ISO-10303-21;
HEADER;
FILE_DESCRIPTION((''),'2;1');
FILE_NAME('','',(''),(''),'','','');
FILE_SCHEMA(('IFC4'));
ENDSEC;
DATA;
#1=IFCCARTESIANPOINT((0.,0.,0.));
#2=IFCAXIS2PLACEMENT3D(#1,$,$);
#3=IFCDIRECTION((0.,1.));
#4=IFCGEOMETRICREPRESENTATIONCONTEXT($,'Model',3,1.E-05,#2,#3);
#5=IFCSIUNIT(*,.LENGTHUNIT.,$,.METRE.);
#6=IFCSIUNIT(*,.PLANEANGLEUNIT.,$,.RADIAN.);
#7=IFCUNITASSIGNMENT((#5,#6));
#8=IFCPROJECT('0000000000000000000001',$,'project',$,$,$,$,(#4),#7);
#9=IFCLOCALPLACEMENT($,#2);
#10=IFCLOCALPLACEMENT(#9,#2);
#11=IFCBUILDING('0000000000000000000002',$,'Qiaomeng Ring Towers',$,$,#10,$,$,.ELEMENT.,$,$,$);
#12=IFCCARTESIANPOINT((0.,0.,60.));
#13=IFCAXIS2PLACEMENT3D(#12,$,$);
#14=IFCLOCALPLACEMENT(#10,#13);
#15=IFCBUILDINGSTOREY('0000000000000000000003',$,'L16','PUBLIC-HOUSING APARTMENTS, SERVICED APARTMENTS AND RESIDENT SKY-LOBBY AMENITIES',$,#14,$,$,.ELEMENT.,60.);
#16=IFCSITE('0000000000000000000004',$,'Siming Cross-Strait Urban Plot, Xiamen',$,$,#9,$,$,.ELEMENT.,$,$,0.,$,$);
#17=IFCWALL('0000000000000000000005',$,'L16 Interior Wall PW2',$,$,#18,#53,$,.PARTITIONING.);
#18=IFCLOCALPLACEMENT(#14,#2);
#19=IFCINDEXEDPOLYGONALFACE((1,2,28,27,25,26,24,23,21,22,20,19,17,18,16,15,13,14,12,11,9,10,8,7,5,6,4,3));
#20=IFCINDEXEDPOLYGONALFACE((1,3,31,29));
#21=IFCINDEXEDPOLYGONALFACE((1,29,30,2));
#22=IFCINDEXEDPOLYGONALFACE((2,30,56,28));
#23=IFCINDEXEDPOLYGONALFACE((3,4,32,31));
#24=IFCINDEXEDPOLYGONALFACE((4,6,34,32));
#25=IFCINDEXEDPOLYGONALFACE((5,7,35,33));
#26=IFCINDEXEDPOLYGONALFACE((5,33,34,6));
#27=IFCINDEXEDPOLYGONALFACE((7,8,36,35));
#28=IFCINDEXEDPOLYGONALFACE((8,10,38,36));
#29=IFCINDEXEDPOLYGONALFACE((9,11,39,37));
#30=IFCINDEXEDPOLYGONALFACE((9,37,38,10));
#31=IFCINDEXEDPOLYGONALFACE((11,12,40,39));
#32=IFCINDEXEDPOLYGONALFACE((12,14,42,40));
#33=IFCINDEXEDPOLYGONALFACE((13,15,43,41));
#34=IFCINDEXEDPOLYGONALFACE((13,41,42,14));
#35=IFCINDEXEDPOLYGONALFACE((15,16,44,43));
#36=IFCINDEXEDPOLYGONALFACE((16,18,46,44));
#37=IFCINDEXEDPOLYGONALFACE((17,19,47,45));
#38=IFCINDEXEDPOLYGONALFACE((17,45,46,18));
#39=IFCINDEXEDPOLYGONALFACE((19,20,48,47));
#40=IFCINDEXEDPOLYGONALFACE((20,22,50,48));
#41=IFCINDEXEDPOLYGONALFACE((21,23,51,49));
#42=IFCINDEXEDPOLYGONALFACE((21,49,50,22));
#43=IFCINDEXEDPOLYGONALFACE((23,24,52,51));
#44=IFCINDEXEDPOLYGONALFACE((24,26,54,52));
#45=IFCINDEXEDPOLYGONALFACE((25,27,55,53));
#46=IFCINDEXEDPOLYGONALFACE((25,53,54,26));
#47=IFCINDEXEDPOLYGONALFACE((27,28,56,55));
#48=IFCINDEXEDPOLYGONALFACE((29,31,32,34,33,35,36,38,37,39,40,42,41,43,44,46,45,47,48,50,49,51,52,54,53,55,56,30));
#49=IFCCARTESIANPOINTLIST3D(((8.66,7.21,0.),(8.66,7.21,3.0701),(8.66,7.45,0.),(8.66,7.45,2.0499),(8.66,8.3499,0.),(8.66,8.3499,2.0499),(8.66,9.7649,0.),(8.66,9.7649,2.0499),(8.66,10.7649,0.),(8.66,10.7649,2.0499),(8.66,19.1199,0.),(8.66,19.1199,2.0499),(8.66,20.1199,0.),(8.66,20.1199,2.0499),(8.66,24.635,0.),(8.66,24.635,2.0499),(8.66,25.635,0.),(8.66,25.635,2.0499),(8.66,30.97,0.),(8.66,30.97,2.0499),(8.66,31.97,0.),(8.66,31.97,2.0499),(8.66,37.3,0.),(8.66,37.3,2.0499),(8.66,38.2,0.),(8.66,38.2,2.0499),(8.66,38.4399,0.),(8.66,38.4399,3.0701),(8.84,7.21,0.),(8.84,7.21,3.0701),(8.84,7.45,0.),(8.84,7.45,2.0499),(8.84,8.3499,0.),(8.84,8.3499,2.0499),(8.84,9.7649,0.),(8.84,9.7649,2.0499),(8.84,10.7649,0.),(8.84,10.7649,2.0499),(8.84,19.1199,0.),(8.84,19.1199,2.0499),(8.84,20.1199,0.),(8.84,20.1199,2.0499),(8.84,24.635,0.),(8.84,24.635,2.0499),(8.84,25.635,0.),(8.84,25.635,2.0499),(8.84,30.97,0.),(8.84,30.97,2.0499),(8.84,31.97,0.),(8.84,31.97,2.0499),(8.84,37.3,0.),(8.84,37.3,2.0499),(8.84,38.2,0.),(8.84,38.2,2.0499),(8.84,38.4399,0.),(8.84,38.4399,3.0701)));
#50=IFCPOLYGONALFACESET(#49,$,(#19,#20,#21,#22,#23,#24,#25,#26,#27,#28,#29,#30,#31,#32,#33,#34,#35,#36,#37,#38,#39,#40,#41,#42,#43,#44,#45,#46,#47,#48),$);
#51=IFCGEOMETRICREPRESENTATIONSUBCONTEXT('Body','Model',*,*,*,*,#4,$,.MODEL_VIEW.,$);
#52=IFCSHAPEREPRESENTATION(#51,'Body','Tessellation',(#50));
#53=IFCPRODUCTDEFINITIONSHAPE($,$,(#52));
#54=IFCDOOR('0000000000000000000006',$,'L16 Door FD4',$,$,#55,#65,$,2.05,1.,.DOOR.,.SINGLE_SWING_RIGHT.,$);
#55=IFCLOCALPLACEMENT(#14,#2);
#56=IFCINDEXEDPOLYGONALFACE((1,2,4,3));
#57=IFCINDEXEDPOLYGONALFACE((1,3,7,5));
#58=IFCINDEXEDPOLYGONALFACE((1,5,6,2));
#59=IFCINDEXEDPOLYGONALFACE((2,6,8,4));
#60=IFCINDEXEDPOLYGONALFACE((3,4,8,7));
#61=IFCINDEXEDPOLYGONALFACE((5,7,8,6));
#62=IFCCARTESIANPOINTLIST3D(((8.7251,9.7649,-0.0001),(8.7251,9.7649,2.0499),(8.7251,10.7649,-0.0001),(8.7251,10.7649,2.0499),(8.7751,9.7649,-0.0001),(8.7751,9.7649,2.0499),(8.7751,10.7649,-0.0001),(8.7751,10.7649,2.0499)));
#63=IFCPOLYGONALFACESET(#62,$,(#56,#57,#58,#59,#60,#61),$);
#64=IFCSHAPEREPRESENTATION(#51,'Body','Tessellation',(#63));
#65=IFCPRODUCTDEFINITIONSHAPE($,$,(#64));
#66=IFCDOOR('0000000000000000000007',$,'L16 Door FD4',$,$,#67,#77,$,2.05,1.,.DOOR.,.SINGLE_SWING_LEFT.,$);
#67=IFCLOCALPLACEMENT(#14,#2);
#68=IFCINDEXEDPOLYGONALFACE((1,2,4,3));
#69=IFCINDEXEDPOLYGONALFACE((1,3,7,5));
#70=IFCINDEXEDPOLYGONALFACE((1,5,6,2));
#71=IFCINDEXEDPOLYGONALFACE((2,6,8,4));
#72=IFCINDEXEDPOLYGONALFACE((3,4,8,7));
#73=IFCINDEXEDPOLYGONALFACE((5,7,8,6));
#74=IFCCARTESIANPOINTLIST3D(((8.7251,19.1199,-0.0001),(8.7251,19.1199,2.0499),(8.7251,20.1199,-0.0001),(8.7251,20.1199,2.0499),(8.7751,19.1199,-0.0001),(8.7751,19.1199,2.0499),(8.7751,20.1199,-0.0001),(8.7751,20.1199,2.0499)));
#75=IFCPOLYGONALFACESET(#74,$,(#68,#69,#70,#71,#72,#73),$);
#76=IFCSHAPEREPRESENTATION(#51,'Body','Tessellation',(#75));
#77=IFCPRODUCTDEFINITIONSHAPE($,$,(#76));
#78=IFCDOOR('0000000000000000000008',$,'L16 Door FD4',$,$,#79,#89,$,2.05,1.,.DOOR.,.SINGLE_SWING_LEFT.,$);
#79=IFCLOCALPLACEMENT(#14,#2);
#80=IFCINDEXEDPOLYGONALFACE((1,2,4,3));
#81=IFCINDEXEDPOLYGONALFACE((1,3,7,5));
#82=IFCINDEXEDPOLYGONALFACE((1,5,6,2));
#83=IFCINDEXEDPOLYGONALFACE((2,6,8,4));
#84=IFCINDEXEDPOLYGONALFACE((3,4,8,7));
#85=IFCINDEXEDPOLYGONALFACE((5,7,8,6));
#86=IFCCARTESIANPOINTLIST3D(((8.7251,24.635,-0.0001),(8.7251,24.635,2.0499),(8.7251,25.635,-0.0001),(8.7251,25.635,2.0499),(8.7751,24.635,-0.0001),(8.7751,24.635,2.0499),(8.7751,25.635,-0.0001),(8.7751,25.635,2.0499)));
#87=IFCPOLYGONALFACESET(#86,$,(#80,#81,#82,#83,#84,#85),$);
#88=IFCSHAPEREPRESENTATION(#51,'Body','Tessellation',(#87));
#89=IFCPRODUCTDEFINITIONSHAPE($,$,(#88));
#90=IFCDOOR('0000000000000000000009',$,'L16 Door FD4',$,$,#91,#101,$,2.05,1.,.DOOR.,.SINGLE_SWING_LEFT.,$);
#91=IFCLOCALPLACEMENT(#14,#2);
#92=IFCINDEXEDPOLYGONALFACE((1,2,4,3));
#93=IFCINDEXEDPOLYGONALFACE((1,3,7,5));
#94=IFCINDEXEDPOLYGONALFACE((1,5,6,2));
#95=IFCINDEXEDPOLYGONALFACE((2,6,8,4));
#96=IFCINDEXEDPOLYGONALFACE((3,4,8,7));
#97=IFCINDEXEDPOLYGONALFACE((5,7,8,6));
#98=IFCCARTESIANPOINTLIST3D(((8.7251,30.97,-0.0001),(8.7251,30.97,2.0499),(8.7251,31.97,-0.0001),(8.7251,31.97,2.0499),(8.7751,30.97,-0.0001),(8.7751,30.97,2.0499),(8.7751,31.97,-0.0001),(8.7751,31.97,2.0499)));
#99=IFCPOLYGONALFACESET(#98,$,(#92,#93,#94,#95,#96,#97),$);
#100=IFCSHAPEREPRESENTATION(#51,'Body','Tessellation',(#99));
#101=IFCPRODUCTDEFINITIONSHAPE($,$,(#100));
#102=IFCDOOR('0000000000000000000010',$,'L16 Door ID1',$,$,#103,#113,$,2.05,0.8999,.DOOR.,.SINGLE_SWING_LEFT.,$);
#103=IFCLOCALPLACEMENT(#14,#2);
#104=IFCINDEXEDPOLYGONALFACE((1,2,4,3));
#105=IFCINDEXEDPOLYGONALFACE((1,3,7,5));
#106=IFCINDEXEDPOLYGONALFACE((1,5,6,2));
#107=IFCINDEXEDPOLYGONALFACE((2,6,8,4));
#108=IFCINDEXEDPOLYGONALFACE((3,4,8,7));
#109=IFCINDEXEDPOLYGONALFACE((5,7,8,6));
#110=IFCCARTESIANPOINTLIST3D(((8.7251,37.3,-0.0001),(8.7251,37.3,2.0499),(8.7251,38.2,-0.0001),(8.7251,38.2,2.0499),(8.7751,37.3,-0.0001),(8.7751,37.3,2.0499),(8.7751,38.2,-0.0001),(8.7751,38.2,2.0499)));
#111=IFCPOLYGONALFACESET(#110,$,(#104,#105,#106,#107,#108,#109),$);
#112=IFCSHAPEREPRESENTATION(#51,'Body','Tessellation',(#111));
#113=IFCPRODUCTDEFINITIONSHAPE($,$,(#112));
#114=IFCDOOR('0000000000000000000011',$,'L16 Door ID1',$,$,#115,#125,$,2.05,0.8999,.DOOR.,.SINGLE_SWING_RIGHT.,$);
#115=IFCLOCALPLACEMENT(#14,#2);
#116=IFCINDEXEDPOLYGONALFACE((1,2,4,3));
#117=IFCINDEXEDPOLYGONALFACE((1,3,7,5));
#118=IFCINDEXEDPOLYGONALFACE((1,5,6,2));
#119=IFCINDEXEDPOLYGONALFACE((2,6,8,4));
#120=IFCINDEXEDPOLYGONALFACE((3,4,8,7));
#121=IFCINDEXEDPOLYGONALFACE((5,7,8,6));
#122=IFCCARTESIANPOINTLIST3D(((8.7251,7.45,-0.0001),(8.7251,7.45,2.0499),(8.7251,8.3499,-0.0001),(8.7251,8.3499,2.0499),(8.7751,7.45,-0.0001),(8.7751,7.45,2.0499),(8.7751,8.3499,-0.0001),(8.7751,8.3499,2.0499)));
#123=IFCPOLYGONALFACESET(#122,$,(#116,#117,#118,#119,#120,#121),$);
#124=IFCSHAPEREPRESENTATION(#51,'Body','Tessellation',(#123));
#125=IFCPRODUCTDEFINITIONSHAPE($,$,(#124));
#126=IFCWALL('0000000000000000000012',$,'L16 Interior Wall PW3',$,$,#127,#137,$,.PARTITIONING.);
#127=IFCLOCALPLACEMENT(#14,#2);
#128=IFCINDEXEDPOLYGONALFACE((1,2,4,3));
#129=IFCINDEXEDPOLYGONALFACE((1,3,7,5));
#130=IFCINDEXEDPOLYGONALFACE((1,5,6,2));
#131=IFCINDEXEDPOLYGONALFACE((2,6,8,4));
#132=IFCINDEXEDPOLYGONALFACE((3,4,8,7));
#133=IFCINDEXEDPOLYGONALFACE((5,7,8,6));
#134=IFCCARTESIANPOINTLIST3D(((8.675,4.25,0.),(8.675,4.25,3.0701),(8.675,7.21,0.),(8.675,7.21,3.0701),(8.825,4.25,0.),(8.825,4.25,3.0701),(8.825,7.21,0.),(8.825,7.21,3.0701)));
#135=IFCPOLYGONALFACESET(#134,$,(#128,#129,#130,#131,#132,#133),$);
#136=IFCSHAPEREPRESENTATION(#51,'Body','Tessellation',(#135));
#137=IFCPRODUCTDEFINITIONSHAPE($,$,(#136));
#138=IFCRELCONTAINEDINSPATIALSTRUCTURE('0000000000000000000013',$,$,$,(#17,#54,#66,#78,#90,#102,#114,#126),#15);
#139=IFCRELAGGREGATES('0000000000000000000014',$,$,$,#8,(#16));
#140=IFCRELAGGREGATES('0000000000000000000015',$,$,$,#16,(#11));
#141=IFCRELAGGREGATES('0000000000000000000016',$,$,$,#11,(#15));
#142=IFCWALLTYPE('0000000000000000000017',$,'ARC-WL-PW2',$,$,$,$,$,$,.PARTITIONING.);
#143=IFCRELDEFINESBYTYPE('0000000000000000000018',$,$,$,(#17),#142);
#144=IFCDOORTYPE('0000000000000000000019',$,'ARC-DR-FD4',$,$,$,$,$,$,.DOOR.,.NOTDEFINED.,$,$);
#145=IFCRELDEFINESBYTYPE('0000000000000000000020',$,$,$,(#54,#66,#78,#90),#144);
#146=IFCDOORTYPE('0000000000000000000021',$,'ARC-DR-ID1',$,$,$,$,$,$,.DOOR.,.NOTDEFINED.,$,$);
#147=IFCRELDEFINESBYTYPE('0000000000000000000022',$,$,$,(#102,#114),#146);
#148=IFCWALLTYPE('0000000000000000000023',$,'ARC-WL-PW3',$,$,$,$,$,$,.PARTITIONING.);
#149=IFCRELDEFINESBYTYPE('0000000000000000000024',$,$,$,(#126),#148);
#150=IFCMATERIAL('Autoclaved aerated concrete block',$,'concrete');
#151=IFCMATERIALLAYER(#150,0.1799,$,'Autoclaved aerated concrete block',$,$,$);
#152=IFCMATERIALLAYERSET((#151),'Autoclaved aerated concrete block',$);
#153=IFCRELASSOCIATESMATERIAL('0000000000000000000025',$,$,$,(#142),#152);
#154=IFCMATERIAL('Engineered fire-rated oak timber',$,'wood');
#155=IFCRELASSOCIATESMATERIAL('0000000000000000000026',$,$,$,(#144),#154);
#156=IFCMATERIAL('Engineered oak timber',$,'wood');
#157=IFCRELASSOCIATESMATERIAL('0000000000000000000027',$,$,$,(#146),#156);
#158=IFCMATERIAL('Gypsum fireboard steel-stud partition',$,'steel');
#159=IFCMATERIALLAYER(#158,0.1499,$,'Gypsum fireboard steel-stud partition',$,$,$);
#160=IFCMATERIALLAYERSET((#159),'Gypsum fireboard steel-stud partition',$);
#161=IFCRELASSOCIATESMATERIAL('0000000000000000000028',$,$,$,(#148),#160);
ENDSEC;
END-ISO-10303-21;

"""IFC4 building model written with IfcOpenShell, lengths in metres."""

from ifc_helpers import new_model, si_unit, direction, frame, frame_2d, origin, place, context, subcontext, project, spatial, rectangle, extrude, source, transform, mapped, material, layer, layer_set, type_object, element, fill, save


model = new_model("IFC4")

# Units and contexts
model_context = context("Model", 3, precision=1e-05, world=origin(), true_north=direction((0.0, 1.0)))
body_context = subcontext(model_context, "Body", "Model", "MODEL_VIEW")
ifc_project = project(units=[si_unit("LENGTHUNIT", "METRE"), si_unit("PLANEANGLEUNIT", "RADIAN")], contexts=[model_context])

# Site, building, storey
site_placement = place(None, origin())
site = spatial("IfcSite", under=ifc_project, at=site_placement, Name="Siming Cross-Strait Urban Plot, Xiamen", CompositionType="ELEMENT", RefElevation=0.0)
building_placement = place(site_placement, origin())
building = spatial("IfcBuilding", under=site, at=building_placement, Name="Qiaomeng Ring Towers", CompositionType="ELEMENT")
storey_placement = place(building_placement, frame((0.0, 0.0, 60.0)))
storey = spatial("IfcBuildingStorey", under=building, at=storey_placement, Name="L16", Description="PUBLIC-HOUSING APARTMENTS, SERVICED APARTMENTS AND RESIDENT SKY-LOBBY AMENITIES", CompositionType="ELEMENT", Elevation=60.0)

# Wall, openings, doors
ifc_material_1 = material(Name="Autoclaved aerated concrete block", Category="concrete")
ifc_layer_1 = layer(ifc_material_1, 0.1799, Name="Autoclaved aerated concrete block")
ifc_layer_set_1 = layer_set([ifc_layer_1], Name="Autoclaved aerated concrete block")
wall_type_1 = type_object("IfcWallType", Name="ARC-WL-PW2", PredefinedType="PARTITIONING", material=ifc_layer_set_1)
ifc_material_2 = material(Name="Engineered fire-rated oak timber", Category="wood")
door_type_1 = type_object("IfcDoorType", Name="ARC-DR-FD4", OperationType="NOTDEFINED", PredefinedType="DOOR", material=ifc_material_2)
shared_shape_1 = source(origin(), body_context, "Body", "SweptSolid", [
    extrude(rectangle(XDim=1.0, YDim=2.05, at=frame_2d((0.5, 1.0249))), frame((0.0, 0.0249, 0.0), z_axis=(0.0, -1.0, 0.0), x_axis=(1.0, 0.0, 0.0)), (0.0, 0.0, 1.0), 0.05),
])
wall_1_placement = place(storey_placement, frame((8.75, 7.21, 0.0), z_axis=(0.0, 0.0, 1.0), x_axis=(0.0, 1.0, 0.0)))
wall_1 = element("IfcWall", 1, at=wall_1_placement, inside=storey, type_object=wall_type_1, Name="L16 Interior Wall PW2", PredefinedType="PARTITIONING", context=body_context, shape_type="SweptSolid", body=[
    extrude(rectangle(XDim=31.23, YDim=0.1799, at=frame_2d((15.615, 0.0))), origin(), (0.0, 0.0, 1.0), 3.0701),
])
opening_1_placement = place(wall_1_placement, frame((30.0901, 0.0, 0.0)))
opening_1 = element("IfcOpeningElement", 2, at=opening_1_placement, cuts=wall_1, PredefinedType="OPENING", context=body_context, shape_type="SweptSolid", body=[
    extrude(rectangle(XDim=0.8999, YDim=2.05, at=frame_2d((0.45, 1.0249))), frame((0.0, 0.0999, 0.0), z_axis=(0.0, -1.0, 0.0), x_axis=(1.0, 0.0, 0.0)), (0.0, 0.0, 1.0), 0.2),
])
opening_2_placement = place(wall_1_placement, frame((0.24, 0.0, 0.0)))
opening_2 = element("IfcOpeningElement", 3, at=opening_2_placement, cuts=wall_1, PredefinedType="OPENING", context=body_context, shape_type="SweptSolid", body=[
    extrude(rectangle(XDim=0.8999, YDim=2.05, at=frame_2d((0.45, 1.0249))), frame((0.0, 0.0999, 0.0), z_axis=(0.0, -1.0, 0.0), x_axis=(1.0, 0.0, 0.0)), (0.0, 0.0, 1.0), 0.2),
])
opening_3_placement = place(wall_1_placement, frame((2.5549, 0.0, 0.0)))
opening_3 = element("IfcOpeningElement", 4, at=opening_3_placement, cuts=wall_1, PredefinedType="OPENING", context=body_context, shape_type="SweptSolid", body=[
    extrude(rectangle(XDim=1.0, YDim=2.05, at=frame_2d((0.5, 1.0249))), frame((0.0, 0.0999, 0.0), z_axis=(0.0, -1.0, 0.0), x_axis=(1.0, 0.0, 0.0)), (0.0, 0.0, 1.0), 0.2),
])
opening_4_placement = place(wall_1_placement, frame((11.9099, 0.0, 0.0)))
opening_4 = element("IfcOpeningElement", 5, at=opening_4_placement, cuts=wall_1, PredefinedType="OPENING", context=body_context, shape_type="SweptSolid", body=[
    extrude(rectangle(XDim=1.0, YDim=2.05, at=frame_2d((0.5, 1.0249))), frame((0.0, 0.0999, 0.0), z_axis=(0.0, -1.0, 0.0), x_axis=(1.0, 0.0, 0.0)), (0.0, 0.0, 1.0), 0.2),
])
opening_5_placement = place(wall_1_placement, frame((17.425, 0.0, 0.0)))
opening_5 = element("IfcOpeningElement", 6, at=opening_5_placement, cuts=wall_1, PredefinedType="OPENING", context=body_context, shape_type="SweptSolid", body=[
    extrude(rectangle(XDim=1.0, YDim=2.05, at=frame_2d((0.5, 1.0249))), frame((0.0, 0.0999, 0.0), z_axis=(0.0, -1.0, 0.0), x_axis=(1.0, 0.0, 0.0)), (0.0, 0.0, 1.0), 0.2),
])
opening_6_placement = place(wall_1_placement, frame((23.76, 0.0, 0.0)))
opening_6 = element("IfcOpeningElement", 7, at=opening_6_placement, cuts=wall_1, PredefinedType="OPENING", context=body_context, shape_type="SweptSolid", body=[
    extrude(rectangle(XDim=1.0, YDim=2.05, at=frame_2d((0.5, 1.0249))), frame((0.0, 0.0999, 0.0), z_axis=(0.0, -1.0, 0.0), x_axis=(1.0, 0.0, 0.0)), (0.0, 0.0, 1.0), 0.2),
])
door_1_placement = place(opening_3_placement, origin())
door_1 = element("IfcDoor", 8, at=door_1_placement, inside=storey, type_object=door_type_1, Name="L16 Door FD4", OperationType="SINGLE_SWING_RIGHT", OverallHeight=2.05, OverallWidth=1.0, PredefinedType="DOOR", context=body_context, shape_type="MappedRepresentation", body=[
    mapped(shared_shape_1, transform((0.0, 0.0, 0.0), x_axis=(1.0, 0.0, 0.0), y_axis=(0.0, 1.0, 0.0), z_axis=(0.0, 0.0, 1.0), scale=1.0)),
])
fill(opening_3, door_1)
door_2_placement = place(opening_4_placement, origin())
door_2 = element("IfcDoor", 9, at=door_2_placement, inside=storey, type_object=door_type_1, Name="L16 Door FD4", OperationType="SINGLE_SWING_LEFT", OverallHeight=2.05, OverallWidth=1.0, PredefinedType="DOOR", context=body_context, shape_type="MappedRepresentation", body=[
    mapped(shared_shape_1, transform((0.0, 0.0, 0.0), x_axis=(1.0, 0.0, 0.0), y_axis=(0.0, 1.0, 0.0), z_axis=(0.0, 0.0, 1.0), scale=1.0)),
])
fill(opening_4, door_2)
door_3_placement = place(opening_5_placement, origin())
door_3 = element("IfcDoor", 10, at=door_3_placement, inside=storey, type_object=door_type_1, Name="L16 Door FD4", OperationType="SINGLE_SWING_LEFT", OverallHeight=2.05, OverallWidth=1.0, PredefinedType="DOOR", context=body_context, shape_type="MappedRepresentation", body=[
    mapped(shared_shape_1, transform((0.0, 0.0, 0.0), x_axis=(1.0, 0.0, 0.0), y_axis=(0.0, 1.0, 0.0), z_axis=(0.0, 0.0, 1.0), scale=1.0)),
])
fill(opening_5, door_3)
door_4_placement = place(opening_6_placement, origin())
door_4 = element("IfcDoor", 11, at=door_4_placement, inside=storey, type_object=door_type_1, Name="L16 Door FD4", OperationType="SINGLE_SWING_LEFT", OverallHeight=2.05, OverallWidth=1.0, PredefinedType="DOOR", context=body_context, shape_type="MappedRepresentation", body=[
    mapped(shared_shape_1, transform((0.0, 0.0, 0.0), x_axis=(1.0, 0.0, 0.0), y_axis=(0.0, 1.0, 0.0), z_axis=(0.0, 0.0, 1.0), scale=1.0)),
])
fill(opening_6, door_4)
ifc_material_3 = material(Name="Engineered oak timber", Category="wood")
door_type_2 = type_object("IfcDoorType", Name="ARC-DR-ID1", OperationType="NOTDEFINED", PredefinedType="DOOR", material=ifc_material_3)
shared_shape_2 = source(origin(), body_context, "Body", "SweptSolid", [
    extrude(rectangle(XDim=0.8999, YDim=2.05, at=frame_2d((0.45, 1.0249))), frame((0.0, 0.0249, 0.0), z_axis=(0.0, -1.0, 0.0), x_axis=(1.0, 0.0, 0.0)), (0.0, 0.0, 1.0), 0.05),
])
door_5_placement = place(opening_1_placement, origin())
door_5 = element("IfcDoor", 12, at=door_5_placement, inside=storey, type_object=door_type_2, Name="L16 Door ID1", OperationType="SINGLE_SWING_LEFT", OverallHeight=2.05, OverallWidth=0.8999, PredefinedType="DOOR", context=body_context, shape_type="MappedRepresentation", body=[
    mapped(shared_shape_2, transform((0.0, 0.0, 0.0), x_axis=(1.0, 0.0, 0.0), y_axis=(0.0, 1.0, 0.0), z_axis=(0.0, 0.0, 1.0), scale=1.0)),
])
fill(opening_1, door_5)
door_6_placement = place(opening_2_placement, origin())
door_6 = element("IfcDoor", 13, at=door_6_placement, inside=storey, type_object=door_type_2, Name="L16 Door ID1", OperationType="SINGLE_SWING_RIGHT", OverallHeight=2.05, OverallWidth=0.8999, PredefinedType="DOOR", context=body_context, shape_type="MappedRepresentation", body=[
    mapped(shared_shape_2, transform((0.0, 0.0, 0.0), x_axis=(1.0, 0.0, 0.0), y_axis=(0.0, 1.0, 0.0), z_axis=(0.0, 0.0, 1.0), scale=1.0)),
])
fill(opening_2, door_6)

# Wall
ifc_material_4 = material(Name="Gypsum fireboard steel-stud partition", Category="steel")
ifc_layer_2 = layer(ifc_material_4, 0.1499, Name="Gypsum fireboard steel-stud partition")
ifc_layer_set_2 = layer_set([ifc_layer_2], Name="Gypsum fireboard steel-stud partition")
wall_type_2 = type_object("IfcWallType", Name="ARC-WL-PW3", PredefinedType="PARTITIONING", material=ifc_layer_set_2)
wall_2_placement = place(storey_placement, frame((8.75, 4.25, 0.0), z_axis=(0.0, 0.0, 1.0), x_axis=(0.0, 1.0, 0.0)))
element("IfcWall", 14, at=wall_2_placement, inside=storey, type_object=wall_type_2, Name="L16 Interior Wall PW3", PredefinedType="PARTITIONING", context=body_context, shape_type="SweptSolid", body=[
    extrude(rectangle(XDim=2.96, YDim=0.1499, at=frame_2d((1.48, 0.0))), origin(), (0.0, 0.0, 1.0), 3.0701),
])

save(model, "model.ifc")
